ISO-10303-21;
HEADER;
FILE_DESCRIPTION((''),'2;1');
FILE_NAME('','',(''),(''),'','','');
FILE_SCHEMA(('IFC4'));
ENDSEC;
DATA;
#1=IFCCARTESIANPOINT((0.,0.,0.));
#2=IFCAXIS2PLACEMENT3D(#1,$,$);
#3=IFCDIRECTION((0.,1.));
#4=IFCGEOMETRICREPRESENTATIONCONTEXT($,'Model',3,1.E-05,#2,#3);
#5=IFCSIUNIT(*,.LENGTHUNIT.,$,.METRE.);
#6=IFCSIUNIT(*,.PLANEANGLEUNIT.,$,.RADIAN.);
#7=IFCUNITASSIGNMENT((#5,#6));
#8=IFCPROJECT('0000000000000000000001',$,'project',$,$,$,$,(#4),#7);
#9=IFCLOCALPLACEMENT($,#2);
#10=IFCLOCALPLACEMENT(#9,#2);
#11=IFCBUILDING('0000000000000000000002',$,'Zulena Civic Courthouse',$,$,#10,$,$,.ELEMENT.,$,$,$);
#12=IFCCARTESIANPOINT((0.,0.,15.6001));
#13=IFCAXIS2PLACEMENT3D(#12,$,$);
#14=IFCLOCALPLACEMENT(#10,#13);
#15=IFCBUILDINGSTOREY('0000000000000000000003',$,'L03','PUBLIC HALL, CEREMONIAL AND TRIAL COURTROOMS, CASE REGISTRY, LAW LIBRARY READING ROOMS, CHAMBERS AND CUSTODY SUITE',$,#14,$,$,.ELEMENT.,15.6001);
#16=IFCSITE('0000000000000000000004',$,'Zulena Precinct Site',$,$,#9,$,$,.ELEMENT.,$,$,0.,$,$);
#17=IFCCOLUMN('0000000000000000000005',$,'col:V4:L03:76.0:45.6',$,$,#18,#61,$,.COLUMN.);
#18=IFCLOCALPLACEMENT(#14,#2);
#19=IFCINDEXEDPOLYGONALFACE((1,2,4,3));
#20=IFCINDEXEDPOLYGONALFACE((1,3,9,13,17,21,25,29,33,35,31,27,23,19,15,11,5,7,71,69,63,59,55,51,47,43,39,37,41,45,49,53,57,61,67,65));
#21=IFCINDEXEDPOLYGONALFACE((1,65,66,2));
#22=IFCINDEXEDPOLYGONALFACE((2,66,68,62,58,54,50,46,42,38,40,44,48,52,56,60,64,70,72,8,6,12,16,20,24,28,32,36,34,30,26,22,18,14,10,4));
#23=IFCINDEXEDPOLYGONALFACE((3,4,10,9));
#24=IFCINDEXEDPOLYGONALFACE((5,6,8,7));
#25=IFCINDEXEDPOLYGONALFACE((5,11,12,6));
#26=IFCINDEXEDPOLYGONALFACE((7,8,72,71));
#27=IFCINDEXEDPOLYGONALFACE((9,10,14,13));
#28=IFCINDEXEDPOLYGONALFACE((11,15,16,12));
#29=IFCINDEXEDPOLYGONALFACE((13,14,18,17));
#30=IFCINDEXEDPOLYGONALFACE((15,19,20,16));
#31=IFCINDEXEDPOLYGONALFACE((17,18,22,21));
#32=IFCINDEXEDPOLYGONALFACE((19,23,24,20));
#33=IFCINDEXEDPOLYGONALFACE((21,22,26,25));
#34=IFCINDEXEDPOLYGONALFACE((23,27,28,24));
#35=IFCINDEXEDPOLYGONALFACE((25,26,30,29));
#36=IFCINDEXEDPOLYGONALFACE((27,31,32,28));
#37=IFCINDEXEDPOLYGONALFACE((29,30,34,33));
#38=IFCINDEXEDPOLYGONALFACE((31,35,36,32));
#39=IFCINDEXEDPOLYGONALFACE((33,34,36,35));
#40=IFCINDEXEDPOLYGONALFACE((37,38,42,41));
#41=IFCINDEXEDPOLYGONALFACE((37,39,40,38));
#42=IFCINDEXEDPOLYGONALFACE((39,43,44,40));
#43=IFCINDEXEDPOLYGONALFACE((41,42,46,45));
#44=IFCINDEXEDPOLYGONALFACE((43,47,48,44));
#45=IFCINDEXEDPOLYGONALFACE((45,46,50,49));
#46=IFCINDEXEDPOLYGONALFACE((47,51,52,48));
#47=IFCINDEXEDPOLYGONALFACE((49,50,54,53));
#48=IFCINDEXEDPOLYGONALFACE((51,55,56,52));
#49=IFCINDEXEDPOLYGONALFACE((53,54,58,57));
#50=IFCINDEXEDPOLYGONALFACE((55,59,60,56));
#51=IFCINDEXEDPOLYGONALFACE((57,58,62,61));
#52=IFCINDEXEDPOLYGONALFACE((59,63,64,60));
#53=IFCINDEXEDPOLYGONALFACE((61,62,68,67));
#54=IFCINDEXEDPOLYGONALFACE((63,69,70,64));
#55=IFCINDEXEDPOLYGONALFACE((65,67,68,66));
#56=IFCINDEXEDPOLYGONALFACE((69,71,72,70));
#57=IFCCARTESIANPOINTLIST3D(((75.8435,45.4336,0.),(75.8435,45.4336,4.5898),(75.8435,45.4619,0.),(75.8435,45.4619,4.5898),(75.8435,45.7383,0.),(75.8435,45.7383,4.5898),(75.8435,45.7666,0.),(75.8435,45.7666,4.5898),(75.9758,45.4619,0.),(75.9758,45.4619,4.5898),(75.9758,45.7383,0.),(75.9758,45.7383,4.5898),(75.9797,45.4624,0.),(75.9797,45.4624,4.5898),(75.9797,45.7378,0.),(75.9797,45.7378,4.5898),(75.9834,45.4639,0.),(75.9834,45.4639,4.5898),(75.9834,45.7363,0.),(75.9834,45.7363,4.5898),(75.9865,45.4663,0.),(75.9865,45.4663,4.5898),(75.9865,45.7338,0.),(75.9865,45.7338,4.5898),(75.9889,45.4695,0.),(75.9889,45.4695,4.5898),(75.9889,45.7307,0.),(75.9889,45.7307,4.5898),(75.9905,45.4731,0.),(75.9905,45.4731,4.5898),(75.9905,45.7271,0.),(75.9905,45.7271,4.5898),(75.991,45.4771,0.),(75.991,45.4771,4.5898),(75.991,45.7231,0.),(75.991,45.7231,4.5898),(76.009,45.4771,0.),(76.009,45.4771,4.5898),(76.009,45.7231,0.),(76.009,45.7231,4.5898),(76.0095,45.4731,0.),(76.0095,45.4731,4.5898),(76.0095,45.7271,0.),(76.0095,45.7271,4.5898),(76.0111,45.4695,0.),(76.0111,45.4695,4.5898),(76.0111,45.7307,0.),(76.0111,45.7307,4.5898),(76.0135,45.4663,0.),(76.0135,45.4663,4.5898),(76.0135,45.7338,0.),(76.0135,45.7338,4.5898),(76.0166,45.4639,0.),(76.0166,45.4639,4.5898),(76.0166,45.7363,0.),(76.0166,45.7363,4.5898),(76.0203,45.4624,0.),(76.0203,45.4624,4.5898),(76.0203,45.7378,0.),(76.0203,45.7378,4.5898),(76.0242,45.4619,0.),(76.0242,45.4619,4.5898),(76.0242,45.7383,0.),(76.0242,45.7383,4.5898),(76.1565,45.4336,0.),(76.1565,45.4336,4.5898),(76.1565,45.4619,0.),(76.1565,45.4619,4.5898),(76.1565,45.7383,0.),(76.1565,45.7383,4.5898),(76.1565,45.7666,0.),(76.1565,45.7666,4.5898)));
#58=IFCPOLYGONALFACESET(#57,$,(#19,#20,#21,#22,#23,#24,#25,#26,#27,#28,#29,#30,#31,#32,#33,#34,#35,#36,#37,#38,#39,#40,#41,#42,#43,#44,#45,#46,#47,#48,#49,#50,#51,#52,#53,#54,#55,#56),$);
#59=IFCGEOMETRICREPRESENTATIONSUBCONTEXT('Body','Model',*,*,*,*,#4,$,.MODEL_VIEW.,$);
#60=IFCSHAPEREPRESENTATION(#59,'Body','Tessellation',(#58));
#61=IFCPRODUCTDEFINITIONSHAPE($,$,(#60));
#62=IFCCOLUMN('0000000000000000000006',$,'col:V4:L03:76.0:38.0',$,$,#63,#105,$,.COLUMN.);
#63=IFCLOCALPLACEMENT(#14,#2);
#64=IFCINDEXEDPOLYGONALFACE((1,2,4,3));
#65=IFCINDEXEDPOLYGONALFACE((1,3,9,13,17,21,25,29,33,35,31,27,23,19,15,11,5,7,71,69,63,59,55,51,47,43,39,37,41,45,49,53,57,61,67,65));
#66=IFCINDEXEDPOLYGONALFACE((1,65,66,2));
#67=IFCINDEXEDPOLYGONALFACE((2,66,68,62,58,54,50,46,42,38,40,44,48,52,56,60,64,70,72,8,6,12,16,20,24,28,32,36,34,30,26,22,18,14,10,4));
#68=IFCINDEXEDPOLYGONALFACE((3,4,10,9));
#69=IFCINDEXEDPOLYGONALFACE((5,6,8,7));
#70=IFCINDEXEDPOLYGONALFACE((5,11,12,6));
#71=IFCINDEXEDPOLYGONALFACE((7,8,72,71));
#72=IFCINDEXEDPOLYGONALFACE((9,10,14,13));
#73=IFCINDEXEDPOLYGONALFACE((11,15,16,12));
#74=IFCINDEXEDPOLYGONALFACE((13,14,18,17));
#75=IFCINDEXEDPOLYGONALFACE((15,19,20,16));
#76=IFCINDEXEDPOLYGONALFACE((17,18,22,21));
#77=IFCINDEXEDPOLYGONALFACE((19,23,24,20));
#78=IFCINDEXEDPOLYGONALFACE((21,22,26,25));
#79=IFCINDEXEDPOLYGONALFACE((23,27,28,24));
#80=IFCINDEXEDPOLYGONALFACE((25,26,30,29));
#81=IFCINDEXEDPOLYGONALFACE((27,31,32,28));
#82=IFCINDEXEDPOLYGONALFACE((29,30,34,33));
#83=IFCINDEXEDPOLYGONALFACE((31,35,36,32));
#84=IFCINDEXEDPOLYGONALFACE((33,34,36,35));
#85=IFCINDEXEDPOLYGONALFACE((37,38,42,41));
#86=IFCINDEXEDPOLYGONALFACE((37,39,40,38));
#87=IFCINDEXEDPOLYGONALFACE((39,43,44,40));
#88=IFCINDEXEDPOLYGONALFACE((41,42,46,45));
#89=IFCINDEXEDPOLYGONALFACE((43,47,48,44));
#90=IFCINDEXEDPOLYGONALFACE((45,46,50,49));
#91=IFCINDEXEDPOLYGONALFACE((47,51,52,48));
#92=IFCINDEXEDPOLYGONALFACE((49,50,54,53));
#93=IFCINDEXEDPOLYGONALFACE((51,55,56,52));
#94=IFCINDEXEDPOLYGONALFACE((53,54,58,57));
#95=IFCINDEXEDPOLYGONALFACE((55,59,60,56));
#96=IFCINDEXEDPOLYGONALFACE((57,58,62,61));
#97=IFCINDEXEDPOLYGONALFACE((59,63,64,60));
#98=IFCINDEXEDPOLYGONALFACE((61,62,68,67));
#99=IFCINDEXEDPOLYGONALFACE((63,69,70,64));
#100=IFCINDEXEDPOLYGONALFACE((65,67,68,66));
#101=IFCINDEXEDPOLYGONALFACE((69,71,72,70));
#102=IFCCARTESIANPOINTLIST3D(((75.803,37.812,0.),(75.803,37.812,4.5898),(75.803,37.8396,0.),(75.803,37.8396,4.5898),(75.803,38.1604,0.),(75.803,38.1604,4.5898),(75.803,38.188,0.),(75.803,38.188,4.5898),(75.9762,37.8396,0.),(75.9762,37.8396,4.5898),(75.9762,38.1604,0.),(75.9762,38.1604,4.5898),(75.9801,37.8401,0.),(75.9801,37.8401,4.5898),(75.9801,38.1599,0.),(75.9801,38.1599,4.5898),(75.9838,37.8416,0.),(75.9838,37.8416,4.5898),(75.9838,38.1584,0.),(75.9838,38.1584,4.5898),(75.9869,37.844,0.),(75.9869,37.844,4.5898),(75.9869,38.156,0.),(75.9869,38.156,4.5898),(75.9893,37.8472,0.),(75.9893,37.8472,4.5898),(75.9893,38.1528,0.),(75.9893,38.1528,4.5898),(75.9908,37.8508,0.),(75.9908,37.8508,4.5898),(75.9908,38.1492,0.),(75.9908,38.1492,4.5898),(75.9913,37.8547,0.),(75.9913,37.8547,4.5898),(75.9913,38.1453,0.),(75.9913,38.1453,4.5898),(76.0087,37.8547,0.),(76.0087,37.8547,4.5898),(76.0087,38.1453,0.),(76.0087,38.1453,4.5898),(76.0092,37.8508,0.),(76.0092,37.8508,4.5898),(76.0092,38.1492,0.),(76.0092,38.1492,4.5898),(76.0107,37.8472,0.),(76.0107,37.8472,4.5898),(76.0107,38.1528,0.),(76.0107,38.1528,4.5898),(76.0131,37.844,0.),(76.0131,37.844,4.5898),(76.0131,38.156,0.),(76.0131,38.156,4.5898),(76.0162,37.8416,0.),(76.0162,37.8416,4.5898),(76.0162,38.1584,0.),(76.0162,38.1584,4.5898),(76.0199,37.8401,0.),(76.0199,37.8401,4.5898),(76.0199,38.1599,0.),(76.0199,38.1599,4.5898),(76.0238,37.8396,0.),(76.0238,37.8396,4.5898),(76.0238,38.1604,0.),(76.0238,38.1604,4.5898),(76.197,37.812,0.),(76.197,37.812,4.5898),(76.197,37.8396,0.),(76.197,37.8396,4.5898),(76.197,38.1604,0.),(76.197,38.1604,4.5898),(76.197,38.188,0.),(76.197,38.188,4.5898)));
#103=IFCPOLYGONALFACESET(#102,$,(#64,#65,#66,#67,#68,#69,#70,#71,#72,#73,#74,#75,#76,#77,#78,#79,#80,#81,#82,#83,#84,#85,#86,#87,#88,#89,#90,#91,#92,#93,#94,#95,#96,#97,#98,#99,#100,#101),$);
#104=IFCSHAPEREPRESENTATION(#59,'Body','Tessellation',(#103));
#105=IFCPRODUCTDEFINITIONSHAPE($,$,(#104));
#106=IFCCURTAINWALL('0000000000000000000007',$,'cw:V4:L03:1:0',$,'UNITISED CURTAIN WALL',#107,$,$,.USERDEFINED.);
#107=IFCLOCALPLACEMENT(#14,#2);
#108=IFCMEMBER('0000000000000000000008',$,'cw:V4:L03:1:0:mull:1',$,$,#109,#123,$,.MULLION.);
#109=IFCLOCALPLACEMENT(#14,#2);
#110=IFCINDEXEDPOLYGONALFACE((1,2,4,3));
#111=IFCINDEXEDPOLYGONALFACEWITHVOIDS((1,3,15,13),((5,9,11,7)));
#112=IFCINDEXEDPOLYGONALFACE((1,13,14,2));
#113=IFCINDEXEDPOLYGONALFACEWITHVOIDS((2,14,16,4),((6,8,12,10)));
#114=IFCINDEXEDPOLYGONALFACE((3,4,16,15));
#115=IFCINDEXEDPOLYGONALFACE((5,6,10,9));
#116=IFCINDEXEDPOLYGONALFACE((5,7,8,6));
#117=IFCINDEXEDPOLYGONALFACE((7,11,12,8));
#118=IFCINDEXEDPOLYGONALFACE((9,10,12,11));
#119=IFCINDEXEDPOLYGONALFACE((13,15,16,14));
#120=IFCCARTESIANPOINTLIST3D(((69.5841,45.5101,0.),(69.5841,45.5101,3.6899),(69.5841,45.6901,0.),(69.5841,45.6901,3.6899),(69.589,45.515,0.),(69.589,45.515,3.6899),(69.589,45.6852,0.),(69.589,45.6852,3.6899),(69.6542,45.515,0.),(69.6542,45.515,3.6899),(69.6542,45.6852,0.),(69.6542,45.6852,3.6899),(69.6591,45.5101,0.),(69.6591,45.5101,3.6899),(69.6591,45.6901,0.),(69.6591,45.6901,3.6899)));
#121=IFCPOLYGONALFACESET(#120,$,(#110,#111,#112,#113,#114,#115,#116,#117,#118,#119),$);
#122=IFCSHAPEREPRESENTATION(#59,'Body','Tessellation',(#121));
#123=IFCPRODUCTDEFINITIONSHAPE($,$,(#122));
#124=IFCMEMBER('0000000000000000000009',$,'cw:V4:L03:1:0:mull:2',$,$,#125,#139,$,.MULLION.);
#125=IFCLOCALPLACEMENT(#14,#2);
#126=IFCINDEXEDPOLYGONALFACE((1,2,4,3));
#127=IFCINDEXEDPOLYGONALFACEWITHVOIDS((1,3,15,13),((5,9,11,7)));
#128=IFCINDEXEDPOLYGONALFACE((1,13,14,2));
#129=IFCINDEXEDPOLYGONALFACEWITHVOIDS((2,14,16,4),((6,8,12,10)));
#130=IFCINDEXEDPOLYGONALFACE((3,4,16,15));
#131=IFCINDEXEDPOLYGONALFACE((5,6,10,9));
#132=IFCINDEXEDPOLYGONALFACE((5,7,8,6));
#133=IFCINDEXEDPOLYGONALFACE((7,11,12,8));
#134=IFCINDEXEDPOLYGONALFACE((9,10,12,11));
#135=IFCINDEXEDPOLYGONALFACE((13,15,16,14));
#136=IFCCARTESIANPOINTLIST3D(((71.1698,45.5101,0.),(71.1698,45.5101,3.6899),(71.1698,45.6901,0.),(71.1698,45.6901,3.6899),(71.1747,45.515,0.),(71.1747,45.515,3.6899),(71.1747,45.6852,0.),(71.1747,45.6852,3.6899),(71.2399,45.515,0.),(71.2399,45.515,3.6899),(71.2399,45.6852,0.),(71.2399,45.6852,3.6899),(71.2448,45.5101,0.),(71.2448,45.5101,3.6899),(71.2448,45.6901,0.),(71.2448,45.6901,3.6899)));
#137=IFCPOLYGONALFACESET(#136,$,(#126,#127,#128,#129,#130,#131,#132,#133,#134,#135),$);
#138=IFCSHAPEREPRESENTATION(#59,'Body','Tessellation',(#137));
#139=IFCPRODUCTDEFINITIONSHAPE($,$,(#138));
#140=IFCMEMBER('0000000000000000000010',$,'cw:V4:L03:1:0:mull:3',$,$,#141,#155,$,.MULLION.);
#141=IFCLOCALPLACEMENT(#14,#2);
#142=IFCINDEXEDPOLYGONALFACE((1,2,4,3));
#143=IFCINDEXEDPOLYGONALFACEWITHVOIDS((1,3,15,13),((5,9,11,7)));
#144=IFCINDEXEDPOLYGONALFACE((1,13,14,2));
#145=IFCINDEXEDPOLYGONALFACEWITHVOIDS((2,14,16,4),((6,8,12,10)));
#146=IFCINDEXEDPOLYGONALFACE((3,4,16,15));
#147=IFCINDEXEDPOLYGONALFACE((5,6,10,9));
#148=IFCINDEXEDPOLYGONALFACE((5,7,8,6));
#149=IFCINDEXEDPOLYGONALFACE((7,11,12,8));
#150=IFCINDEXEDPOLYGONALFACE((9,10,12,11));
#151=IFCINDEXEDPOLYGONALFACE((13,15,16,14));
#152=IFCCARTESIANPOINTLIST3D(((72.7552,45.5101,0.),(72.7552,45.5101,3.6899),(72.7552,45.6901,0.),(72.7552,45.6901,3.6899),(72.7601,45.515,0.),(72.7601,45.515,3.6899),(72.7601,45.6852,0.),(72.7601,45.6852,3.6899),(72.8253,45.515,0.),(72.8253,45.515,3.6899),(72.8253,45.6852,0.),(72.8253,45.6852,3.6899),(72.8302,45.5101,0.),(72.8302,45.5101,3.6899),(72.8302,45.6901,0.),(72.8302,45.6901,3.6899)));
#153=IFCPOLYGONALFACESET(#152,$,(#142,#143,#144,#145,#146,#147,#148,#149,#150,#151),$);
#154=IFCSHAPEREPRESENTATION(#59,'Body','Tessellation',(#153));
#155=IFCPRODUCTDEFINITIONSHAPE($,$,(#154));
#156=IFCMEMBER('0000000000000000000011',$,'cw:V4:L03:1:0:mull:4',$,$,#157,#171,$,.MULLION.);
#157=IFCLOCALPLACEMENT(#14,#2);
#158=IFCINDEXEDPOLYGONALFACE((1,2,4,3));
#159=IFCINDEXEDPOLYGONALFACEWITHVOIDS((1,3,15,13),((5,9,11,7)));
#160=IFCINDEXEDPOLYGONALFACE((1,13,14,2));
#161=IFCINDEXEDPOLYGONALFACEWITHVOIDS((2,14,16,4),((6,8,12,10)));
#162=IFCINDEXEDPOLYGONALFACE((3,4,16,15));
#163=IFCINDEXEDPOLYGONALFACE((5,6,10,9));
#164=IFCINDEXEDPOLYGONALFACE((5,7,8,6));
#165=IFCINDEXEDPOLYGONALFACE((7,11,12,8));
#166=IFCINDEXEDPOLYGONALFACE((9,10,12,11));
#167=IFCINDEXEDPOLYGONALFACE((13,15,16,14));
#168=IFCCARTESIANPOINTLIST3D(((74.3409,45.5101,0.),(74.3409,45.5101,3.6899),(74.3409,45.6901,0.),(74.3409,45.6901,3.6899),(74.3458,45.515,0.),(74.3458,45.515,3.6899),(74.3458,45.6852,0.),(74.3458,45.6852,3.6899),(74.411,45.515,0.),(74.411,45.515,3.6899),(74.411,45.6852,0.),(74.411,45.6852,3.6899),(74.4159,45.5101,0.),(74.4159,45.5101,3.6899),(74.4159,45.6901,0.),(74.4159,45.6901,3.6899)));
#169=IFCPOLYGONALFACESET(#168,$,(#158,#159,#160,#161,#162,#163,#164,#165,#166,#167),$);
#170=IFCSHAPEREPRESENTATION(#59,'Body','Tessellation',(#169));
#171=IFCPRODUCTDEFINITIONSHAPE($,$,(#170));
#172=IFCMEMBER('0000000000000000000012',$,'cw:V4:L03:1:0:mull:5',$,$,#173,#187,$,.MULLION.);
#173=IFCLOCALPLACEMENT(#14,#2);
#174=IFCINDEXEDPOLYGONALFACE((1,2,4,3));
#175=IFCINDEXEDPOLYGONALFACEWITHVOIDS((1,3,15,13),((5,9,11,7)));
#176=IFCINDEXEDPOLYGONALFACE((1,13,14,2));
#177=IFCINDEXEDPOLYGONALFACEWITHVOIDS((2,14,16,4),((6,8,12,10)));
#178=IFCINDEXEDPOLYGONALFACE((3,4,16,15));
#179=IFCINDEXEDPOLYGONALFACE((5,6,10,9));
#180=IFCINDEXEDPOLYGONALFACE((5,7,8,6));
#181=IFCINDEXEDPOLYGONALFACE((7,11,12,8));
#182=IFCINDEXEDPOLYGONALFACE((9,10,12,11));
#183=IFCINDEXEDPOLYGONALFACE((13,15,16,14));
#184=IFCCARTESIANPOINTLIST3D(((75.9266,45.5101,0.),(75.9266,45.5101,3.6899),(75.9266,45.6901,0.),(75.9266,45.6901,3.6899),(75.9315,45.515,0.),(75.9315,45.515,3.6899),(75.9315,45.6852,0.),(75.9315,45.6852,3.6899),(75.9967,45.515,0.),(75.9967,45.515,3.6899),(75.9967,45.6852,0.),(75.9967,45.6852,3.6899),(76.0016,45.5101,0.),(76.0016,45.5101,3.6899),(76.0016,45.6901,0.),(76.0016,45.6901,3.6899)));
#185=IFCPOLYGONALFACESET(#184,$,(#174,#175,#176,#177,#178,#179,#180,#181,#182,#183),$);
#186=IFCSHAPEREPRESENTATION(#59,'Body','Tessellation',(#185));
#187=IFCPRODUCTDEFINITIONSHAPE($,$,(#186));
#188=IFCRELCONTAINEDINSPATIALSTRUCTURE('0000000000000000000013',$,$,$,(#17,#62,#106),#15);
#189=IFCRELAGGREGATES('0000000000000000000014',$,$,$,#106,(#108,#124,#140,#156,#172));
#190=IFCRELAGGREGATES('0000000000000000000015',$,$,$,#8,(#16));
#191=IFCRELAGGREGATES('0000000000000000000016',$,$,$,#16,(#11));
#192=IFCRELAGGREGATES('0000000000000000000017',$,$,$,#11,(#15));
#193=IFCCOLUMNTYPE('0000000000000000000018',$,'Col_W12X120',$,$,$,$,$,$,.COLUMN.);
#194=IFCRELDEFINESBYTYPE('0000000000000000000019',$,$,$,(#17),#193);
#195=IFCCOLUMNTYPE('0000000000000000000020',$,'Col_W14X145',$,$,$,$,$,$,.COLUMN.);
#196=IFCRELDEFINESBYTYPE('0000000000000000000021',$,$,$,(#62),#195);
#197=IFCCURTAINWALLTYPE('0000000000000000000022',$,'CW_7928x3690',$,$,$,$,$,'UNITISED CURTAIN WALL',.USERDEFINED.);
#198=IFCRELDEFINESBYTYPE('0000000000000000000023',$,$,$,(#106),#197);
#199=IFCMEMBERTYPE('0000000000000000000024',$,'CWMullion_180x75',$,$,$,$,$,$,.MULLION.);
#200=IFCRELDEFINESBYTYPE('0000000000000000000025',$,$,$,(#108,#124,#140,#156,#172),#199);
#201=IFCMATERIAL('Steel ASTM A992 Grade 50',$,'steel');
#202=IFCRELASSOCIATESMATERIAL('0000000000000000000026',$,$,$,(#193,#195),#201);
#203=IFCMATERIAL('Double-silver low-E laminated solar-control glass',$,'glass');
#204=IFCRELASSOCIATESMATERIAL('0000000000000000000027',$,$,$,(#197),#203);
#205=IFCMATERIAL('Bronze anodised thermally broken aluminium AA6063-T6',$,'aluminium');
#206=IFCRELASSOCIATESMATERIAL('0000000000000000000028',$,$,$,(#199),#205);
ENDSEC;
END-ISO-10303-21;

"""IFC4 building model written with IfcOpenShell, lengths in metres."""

from ifc_helpers import new_model, si_unit, direction, frame, origin, origin_2d, place, context, subcontext, project, spatial, hollow_rectangle, i_section, extrude, material, material_profile, profile_set, type_object, element, aggregate, save


model = new_model("IFC4")

# Units and contexts
model_context = context("Model", 3, precision=1e-05, world=origin(), true_north=direction((0.0, 1.0)))
body_context = subcontext(model_context, "Body", "Model", "MODEL_VIEW")
ifc_project = project(units=[si_unit("LENGTHUNIT", "METRE"), si_unit("PLANEANGLEUNIT", "RADIAN")], contexts=[model_context])

# Site, building, storey
site_placement = place(None, origin())
site = spatial("IfcSite", under=ifc_project, at=site_placement, Name="Zulena Precinct Site", CompositionType="ELEMENT", RefElevation=0.0)
building_placement = place(site_placement, origin())
building = spatial("IfcBuilding", under=site, at=building_placement, Name="Zulena Civic Courthouse", CompositionType="ELEMENT")
storey_placement = place(building_placement, frame((0.0, 0.0, 15.6001)))
storey = spatial("IfcBuildingStorey", under=building, at=storey_placement, Name="L03", Description="PUBLIC HALL, CEREMONIAL AND TRIAL COURTROOMS, CASE REGISTRY, LAW LIBRARY READING ROOMS, CHAMBERS AND CUSTODY SUITE", CompositionType="ELEMENT", Elevation=15.6001)

# Columns
ifc_material_1 = material(Name="Steel ASTM A992 Grade 50", Category="steel")
ifc_material_profile_1 = material_profile(ifc_material_1, i_section(OverallWidth=0.313, OverallDepth=0.333, WebThickness=0.0181, FlangeThickness=0.0283, FilletRadius=0.0151, at=origin_2d()), Name="W12X120")
ifc_profile_set_1 = profile_set([ifc_material_profile_1], Name="Steel ASTM A992 Grade 50")
column_type_1 = type_object("IfcColumnType", Name="Col_W12X120", PredefinedType="COLUMN", material=ifc_profile_set_1)
column_1_placement = place(storey_placement, frame((76.0, 45.6001, 0.0), z_axis=(0.0, 0.0, 1.0), x_axis=(1.0, 0.0, 0.0)))
element("IfcColumn", 1, at=column_1_placement, inside=storey, type_object=column_type_1, Name="col:V4:L03:76.0:45.6", PredefinedType="COLUMN", context=body_context, shape_type="SweptSolid", body=[
    extrude(i_section(OverallWidth=0.313, OverallDepth=0.333, WebThickness=0.0181, FlangeThickness=0.0283, FilletRadius=0.0151, at=origin_2d()), origin(), (0.0, 0.0, 1.0), 4.5898),
])
ifc_material_profile_2 = material_profile(ifc_material_1, i_section(OverallWidth=0.394, OverallDepth=0.376, WebThickness=0.0173, FlangeThickness=0.0276, FilletRadius=0.0151, at=origin_2d()), Name="W14X145")
ifc_profile_set_2 = profile_set([ifc_material_profile_2], Name="Steel ASTM A992 Grade 50")
column_type_2 = type_object("IfcColumnType", Name="Col_W14X145", PredefinedType="COLUMN", material=ifc_profile_set_2)
column_2_placement = place(storey_placement, frame((76.0, 38.0, 0.0), z_axis=(0.0, 0.0, 1.0), x_axis=(1.0, 0.0, 0.0)))
element("IfcColumn", 2, at=column_2_placement, inside=storey, type_object=column_type_2, Name="col:V4:L03:76.0:38.0", PredefinedType="COLUMN", context=body_context, shape_type="SweptSolid", body=[
    extrude(i_section(OverallWidth=0.394, OverallDepth=0.376, WebThickness=0.0173, FlangeThickness=0.0276, FilletRadius=0.0151, at=origin_2d()), origin(), (0.0, 0.0, 1.0), 4.5898),
])

# Curtain wall, members
ifc_material_2 = material(Name="Double-silver low-E laminated solar-control glass", Category="glass")
curtain_wall_type = type_object("IfcCurtainWallType", Name="CW_7928x3690", ElementType="UNITISED CURTAIN WALL", PredefinedType="USERDEFINED", material=ifc_material_2)
curtain_wall_1_placement = place(storey_placement, origin())
curtain_wall_1 = element("IfcCurtainWall", 3, at=curtain_wall_1_placement, inside=storey, type_object=curtain_wall_type, Name="cw:V4:L03:1:0", ObjectType="UNITISED CURTAIN WALL", PredefinedType="USERDEFINED")
ifc_material_3 = material(Name="Bronze anodised thermally broken aluminium AA6063-T6", Category="aluminium")
ifc_material_profile_3 = material_profile(ifc_material_3, hollow_rectangle(XDim=0.075, YDim=0.1799, WallThickness=0.0049, at=origin_2d()), Name="CWM180X75X5")
ifc_profile_set_3 = profile_set([ifc_material_profile_3], Name="Bronze anodised thermally broken aluminium AA6063-T6")
member_type_1 = type_object("IfcMemberType", Name="CWMullion_180x75", PredefinedType="MULLION", material=ifc_profile_set_3)
member_1_placement = place(storey_placement, frame((69.6216, 45.6001, 0.0), z_axis=(0.0, 0.0, 1.0), x_axis=(1.0, 0.0, 0.0)))
member_1 = element("IfcMember", 4, at=member_1_placement, type_object=member_type_1, Name="cw:V4:L03:1:0:mull:1", PredefinedType="MULLION", context=body_context, shape_type="SweptSolid", body=[
    extrude(hollow_rectangle(XDim=0.075, YDim=0.1799, WallThickness=0.0049, at=origin_2d()), origin(), (0.0, 0.0, 1.0), 3.6899),
])
member_2_placement = place(storey_placement, frame((71.2073, 45.6001, 0.0), z_axis=(0.0, 0.0, 1.0), x_axis=(1.0, 0.0, 0.0)))
member_2 = element("IfcMember", 5, at=member_2_placement, type_object=member_type_1, Name="cw:V4:L03:1:0:mull:2", PredefinedType="MULLION", context=body_context, shape_type="SweptSolid", body=[
    extrude(hollow_rectangle(XDim=0.075, YDim=0.1799, WallThickness=0.0049, at=origin_2d()), origin(), (0.0, 0.0, 1.0), 3.6899),
])
member_3_placement = place(storey_placement, frame((72.7927, 45.6001, 0.0), z_axis=(0.0, 0.0, 1.0), x_axis=(1.0, 0.0, 0.0)))
member_3 = element("IfcMember", 6, at=member_3_placement, type_object=member_type_1, Name="cw:V4:L03:1:0:mull:3", PredefinedType="MULLION", context=body_context, shape_type="SweptSolid", body=[
    extrude(hollow_rectangle(XDim=0.075, YDim=0.1799, WallThickness=0.0049, at=origin_2d()), origin(), (0.0, 0.0, 1.0), 3.6899),
])
member_4_placement = place(storey_placement, frame((74.3784, 45.6001, 0.0), z_axis=(0.0, 0.0, 1.0), x_axis=(1.0, 0.0, 0.0)))
member_4 = element("IfcMember", 7, at=member_4_placement, type_object=member_type_1, Name="cw:V4:L03:1:0:mull:4", PredefinedType="MULLION", context=body_context, shape_type="SweptSolid", body=[
    extrude(hollow_rectangle(XDim=0.075, YDim=0.1799, WallThickness=0.0049, at=origin_2d()), origin(), (0.0, 0.0, 1.0), 3.6899),
])
member_5_placement = place(storey_placement, frame((75.9641, 45.6001, 0.0), z_axis=(0.0, 0.0, 1.0), x_axis=(1.0, 0.0, 0.0)))
member_5 = element("IfcMember", 8, at=member_5_placement, type_object=member_type_1, Name="cw:V4:L03:1:0:mull:5", PredefinedType="MULLION", context=body_context, shape_type="SweptSolid", body=[
    extrude(hollow_rectangle(XDim=0.075, YDim=0.1799, WallThickness=0.0049, at=origin_2d()), origin(), (0.0, 0.0, 1.0), 3.6899),
])

aggregate(curtain_wall_1, [member_1, member_2, member_3, member_4, member_5])

save(model, "model.ifc")
